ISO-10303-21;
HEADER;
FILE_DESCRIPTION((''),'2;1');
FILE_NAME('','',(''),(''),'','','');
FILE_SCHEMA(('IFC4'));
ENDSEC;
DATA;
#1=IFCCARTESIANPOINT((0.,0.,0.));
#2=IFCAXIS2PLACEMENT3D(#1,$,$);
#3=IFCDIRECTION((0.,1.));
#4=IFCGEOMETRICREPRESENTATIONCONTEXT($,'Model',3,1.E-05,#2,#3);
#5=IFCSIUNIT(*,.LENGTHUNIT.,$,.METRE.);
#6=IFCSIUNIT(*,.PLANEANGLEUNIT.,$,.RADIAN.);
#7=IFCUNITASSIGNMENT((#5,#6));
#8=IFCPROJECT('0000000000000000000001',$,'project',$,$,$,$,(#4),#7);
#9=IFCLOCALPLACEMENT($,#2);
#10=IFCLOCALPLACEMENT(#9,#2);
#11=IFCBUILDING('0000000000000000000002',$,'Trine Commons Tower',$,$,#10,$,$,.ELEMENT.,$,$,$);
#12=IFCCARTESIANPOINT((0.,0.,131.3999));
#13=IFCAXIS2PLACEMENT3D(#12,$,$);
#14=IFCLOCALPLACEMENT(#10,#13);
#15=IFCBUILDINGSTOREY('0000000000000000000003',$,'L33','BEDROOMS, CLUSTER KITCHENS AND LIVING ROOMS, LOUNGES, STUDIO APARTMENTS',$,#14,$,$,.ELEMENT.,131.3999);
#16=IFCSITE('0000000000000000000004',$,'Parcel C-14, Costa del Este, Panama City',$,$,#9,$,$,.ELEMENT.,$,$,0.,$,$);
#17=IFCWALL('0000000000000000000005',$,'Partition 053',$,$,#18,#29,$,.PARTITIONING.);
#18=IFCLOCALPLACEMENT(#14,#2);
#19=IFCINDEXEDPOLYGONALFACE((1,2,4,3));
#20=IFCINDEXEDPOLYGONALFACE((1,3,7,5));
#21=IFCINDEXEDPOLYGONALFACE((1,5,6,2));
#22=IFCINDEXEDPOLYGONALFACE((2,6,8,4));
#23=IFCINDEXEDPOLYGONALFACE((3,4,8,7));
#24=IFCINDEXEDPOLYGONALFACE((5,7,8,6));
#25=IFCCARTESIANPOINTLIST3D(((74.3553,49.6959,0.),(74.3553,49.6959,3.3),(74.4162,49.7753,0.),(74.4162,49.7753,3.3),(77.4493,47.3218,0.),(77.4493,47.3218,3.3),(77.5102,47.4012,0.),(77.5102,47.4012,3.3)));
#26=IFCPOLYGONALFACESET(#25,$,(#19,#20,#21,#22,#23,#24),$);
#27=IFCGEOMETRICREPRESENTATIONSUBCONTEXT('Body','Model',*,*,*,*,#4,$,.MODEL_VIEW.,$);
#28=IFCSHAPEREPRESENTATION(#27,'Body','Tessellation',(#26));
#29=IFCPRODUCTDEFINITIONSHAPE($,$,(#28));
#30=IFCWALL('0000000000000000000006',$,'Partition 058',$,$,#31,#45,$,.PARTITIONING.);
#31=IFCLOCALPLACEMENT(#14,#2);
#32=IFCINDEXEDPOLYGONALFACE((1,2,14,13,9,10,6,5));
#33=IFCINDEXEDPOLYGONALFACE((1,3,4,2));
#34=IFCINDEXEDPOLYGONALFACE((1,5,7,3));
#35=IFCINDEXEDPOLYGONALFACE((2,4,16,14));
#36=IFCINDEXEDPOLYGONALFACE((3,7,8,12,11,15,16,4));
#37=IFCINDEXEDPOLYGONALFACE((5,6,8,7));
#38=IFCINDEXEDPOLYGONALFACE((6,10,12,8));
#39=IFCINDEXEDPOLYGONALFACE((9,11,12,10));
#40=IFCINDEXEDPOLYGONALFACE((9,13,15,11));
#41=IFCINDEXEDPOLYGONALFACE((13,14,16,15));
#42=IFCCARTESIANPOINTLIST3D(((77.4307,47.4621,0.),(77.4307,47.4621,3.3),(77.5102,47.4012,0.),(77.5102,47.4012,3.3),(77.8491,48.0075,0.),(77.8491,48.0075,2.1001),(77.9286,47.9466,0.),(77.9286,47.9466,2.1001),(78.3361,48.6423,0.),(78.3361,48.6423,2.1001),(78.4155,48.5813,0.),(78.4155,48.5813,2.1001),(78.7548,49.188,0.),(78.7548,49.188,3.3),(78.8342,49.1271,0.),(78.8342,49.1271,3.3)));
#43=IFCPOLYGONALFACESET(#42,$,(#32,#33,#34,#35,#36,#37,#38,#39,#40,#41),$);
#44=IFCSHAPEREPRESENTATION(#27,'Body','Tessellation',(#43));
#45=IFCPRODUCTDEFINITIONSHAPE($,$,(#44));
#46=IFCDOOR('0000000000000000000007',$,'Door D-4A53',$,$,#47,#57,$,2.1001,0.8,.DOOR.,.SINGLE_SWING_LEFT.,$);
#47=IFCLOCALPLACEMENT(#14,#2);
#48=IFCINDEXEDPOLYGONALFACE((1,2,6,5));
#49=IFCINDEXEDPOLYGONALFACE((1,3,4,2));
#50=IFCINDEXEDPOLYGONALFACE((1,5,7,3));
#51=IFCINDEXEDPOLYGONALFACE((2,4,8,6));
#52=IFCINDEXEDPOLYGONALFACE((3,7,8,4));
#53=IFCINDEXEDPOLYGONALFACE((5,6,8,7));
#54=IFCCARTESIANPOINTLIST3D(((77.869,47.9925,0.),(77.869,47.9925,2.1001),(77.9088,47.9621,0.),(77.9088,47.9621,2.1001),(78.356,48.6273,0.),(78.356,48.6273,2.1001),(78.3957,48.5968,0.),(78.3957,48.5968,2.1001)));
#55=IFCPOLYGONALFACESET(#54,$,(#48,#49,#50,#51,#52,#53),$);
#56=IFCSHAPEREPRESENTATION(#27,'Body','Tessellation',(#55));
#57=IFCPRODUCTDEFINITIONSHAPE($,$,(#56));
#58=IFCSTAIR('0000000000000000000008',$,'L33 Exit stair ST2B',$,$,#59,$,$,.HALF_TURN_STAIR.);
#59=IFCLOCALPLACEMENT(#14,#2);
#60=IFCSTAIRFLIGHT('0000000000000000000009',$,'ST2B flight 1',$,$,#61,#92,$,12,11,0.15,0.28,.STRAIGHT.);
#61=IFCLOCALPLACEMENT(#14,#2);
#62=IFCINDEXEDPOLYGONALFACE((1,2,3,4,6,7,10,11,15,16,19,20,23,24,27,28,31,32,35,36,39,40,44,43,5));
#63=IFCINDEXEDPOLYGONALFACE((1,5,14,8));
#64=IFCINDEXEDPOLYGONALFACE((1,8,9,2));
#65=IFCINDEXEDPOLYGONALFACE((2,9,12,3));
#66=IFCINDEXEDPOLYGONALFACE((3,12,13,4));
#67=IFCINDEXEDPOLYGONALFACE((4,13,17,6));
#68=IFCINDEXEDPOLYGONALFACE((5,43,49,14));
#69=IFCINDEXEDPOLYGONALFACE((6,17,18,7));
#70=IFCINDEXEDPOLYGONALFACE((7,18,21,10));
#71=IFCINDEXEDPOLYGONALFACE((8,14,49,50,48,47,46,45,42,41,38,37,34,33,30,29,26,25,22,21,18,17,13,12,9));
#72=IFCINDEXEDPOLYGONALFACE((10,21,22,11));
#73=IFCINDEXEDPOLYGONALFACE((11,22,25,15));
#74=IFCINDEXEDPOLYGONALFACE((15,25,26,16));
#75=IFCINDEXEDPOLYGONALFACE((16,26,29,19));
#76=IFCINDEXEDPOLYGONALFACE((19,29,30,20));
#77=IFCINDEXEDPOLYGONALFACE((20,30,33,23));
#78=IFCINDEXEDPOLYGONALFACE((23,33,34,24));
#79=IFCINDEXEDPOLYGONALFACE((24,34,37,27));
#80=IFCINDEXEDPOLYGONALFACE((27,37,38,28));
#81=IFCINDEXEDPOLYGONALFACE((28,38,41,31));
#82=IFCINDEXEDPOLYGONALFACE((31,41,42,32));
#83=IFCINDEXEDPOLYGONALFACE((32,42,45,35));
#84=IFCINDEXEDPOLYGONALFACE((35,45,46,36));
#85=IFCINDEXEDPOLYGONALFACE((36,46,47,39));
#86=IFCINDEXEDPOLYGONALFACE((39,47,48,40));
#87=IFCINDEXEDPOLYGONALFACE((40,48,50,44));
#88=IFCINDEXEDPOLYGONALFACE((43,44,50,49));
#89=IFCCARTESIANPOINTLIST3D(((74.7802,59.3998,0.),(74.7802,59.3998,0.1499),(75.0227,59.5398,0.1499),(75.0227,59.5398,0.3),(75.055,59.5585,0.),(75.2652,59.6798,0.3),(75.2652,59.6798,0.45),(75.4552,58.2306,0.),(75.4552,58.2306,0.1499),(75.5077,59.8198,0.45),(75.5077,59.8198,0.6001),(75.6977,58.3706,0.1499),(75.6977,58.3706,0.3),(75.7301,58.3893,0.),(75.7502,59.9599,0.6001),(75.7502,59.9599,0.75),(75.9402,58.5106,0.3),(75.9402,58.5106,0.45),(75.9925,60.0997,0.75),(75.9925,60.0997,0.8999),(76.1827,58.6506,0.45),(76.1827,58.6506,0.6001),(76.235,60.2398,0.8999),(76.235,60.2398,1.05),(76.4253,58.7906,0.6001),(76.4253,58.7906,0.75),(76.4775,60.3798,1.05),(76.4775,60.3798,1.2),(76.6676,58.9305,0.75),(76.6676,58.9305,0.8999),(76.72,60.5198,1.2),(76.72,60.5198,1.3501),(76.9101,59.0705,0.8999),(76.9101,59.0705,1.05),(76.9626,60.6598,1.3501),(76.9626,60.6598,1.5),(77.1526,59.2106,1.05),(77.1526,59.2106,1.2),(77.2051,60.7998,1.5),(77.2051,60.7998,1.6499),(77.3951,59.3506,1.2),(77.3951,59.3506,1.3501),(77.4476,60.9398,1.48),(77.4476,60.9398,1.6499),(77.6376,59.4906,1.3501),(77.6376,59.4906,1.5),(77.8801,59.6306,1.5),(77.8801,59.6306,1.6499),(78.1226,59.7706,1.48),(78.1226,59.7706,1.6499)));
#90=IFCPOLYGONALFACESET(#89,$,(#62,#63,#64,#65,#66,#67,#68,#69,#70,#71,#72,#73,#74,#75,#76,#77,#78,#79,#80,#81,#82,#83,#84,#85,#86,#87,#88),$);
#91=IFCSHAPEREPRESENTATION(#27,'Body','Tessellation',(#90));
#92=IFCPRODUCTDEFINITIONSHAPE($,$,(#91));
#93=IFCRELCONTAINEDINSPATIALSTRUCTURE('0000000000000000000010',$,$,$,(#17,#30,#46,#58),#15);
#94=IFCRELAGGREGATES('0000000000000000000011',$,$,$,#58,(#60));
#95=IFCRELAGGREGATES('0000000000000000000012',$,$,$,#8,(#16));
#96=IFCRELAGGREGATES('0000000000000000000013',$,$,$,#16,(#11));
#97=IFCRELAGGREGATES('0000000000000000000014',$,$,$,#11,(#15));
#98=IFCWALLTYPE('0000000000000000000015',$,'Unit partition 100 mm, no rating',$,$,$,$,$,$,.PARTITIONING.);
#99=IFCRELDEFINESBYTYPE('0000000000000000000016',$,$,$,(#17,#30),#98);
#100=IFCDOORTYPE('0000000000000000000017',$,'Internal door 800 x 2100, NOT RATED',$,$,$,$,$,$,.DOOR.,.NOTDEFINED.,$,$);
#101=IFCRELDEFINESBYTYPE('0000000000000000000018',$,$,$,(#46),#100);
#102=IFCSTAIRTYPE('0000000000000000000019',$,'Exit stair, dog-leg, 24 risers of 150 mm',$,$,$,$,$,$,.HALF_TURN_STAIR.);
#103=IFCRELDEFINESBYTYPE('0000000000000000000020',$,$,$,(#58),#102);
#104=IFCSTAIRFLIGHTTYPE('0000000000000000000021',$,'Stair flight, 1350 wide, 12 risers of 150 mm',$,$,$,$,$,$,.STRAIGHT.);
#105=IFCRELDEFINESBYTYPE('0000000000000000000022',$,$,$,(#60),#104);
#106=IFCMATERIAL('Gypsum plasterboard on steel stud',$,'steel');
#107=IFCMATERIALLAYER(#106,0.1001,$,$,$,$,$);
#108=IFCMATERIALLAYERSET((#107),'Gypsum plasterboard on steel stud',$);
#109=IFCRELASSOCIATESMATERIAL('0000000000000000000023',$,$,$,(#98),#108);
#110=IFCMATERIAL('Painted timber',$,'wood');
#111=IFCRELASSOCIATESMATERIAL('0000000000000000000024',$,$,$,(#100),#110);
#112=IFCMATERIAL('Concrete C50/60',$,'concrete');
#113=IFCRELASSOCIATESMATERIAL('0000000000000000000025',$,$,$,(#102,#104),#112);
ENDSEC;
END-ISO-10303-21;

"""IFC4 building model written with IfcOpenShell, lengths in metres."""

from ifc_helpers import new_model, si_unit, direction, frame, frame_2d, origin, place, context, subcontext, project, spatial, polyline, rectangle, outline, extrude, material, layer, layer_set, type_object, element, fill, aggregate, save


model = new_model("IFC4")

# Units and contexts
model_context = context("Model", 3, precision=1e-05, world=origin(), true_north=direction((0.0, 1.0)))
body_context = subcontext(model_context, "Body", "Model", "MODEL_VIEW")
ifc_project = project(units=[si_unit("LENGTHUNIT", "METRE"), si_unit("PLANEANGLEUNIT", "RADIAN")], contexts=[model_context])

# Site, building, storey
site_placement = place(None, origin())
site = spatial("IfcSite", under=ifc_project, at=site_placement, Name="Parcel C-14, Costa del Este, Panama City", CompositionType="ELEMENT", RefElevation=0.0)
building_placement = place(site_placement, origin())
building = spatial("IfcBuilding", under=site, at=building_placement, Name="Trine Commons Tower", CompositionType="ELEMENT")
storey_placement = place(building_placement, frame((0.0, 0.0, 131.3999)))
storey = spatial("IfcBuildingStorey", under=building, at=storey_placement, Name="L33", Description="BEDROOMS, CLUSTER KITCHENS AND LIVING ROOMS, LOUNGES, STUDIO APARTMENTS", CompositionType="ELEMENT", Elevation=131.3999)

# Shared definitions
ifc_material_1 = material(Name="Concrete C50/60", Category="concrete")

# Shared definitions
ifc_material_2 = material(Name="Gypsum plasterboard on steel stud", Category="steel")

# Shared definitions
ifc_layer_1 = layer(ifc_material_2, 0.1001)
ifc_layer_set_1 = layer_set([ifc_layer_1], Name="Gypsum plasterboard on steel stud")
wall_type_1 = type_object("IfcWallType", Name="Unit partition 100 mm, no rating", PredefinedType="PARTITIONING", material=ifc_layer_set_1)
ifc_material_3 = material(Name="Painted timber", Category="wood")
door_type_1 = type_object("IfcDoorType", Name="Internal door 800 x 2100, NOT RATED", OperationType="NOTDEFINED", PredefinedType="DOOR", material=ifc_material_3)

# Wall
wall_1_placement = place(storey_placement, frame((74.3857, 49.7356, 0.0), z_axis=(0.0, 0.0, 1.0), x_axis=(0.793363, -0.608748, 0.0)))
element("IfcWall", 1, at=wall_1_placement, inside=storey, type_object=wall_type_1, Name="Partition 053", PredefinedType="PARTITIONING", context=body_context, shape_type="SweptSolid", body=[
    extrude(rectangle(XDim=3.8999, YDim=0.1001, at=frame_2d((1.95, 0.0))), origin(), (0.0, 0.0, 1.0), 3.3),
])

# Wall, opening, door
wall_2_placement = place(storey_placement, frame((77.4705, 47.4316, 0.0), z_axis=(0.0, 0.0, 1.0), x_axis=(0.608674, 0.79342, 0.0)))
wall_2 = element("IfcWall", 2, at=wall_2_placement, inside=storey, type_object=wall_type_1, Name="Partition 058", PredefinedType="PARTITIONING", context=body_context, shape_type="SweptSolid", body=[
    extrude(rectangle(XDim=2.1753, YDim=0.1001, at=frame_2d((1.0876, 0.0))), origin(), (0.0, 0.0, 1.0), 3.3),
])
opening_1_placement = place(wall_2_placement, frame((0.6875, 0.0, 0.0)))
opening_1 = element("IfcOpeningElement", 3, at=opening_1_placement, cuts=wall_2, PredefinedType="OPENING", context=body_context, shape_type="SweptSolid", body=[
    extrude(rectangle(XDim=0.8, YDim=2.1001, at=frame_2d((0.3999, 1.05))), frame((0.0, 0.0601, 0.0), z_axis=(0.0, -1.0, 0.0), x_axis=(1.0, 0.0, 0.0)), (0.0, 0.0, 1.0), 0.1201),
])
door_1_placement = place(opening_1_placement, frame((0.8, 0.0, 0.0), z_axis=(0.0, 0.0, 1.0), x_axis=(-1.0, 0.0, 0.0)))
door_1 = element("IfcDoor", 4, at=door_1_placement, inside=storey, type_object=door_type_1, Name="Door D-4A53", OperationType="SINGLE_SWING_LEFT", OverallHeight=2.1001, OverallWidth=0.8, PredefinedType="DOOR", context=body_context, shape_type="SweptSolid", body=[
    extrude(rectangle(XDim=0.8, YDim=2.1001, at=frame_2d((0.3999, 1.05))), frame((0.0, 0.0249, 0.0), z_axis=(0.0, -1.0, 0.0), x_axis=(1.0, 0.0, 0.0)), (0.0, 0.0, 1.0), 0.05),
])
fill(opening_1, door_1)

# Stair, stair flight
stair_type = type_object("IfcStairType", Name="Exit stair, dog-leg, 24 risers of 150 mm", PredefinedType="HALF_TURN_STAIR", material=ifc_material_1)
stair_placement = place(storey_placement, origin())
stair = element("IfcStair", 5, at=stair_placement, inside=storey, type_object=stair_type, Name="L33 Exit stair ST2B", PredefinedType="HALF_TURN_STAIR")
stair_flight_type = type_object("IfcStairFlightType", Name="Stair flight, 1350 wide, 12 risers of 150 mm", PredefinedType="STRAIGHT", material=ifc_material_1)
stair_flight_placement = place(storey_placement, frame((75.1177, 58.8152, 0.0), z_axis=(0.0, 0.0, 1.0), x_axis=(0.866025, 0.5, 0.0)))
stair_flight = element("IfcStairFlight", 6, at=stair_flight_placement, type_object=stair_flight_type, Name="ST2B flight 1", NumberOfRisers=12, NumberOfTreads=11, PredefinedType="STRAIGHT", RiserHeight=0.15, TreadLength=0.28, context=body_context, shape_type="SweptSolid", body=[
    extrude(outline(polyline([(0.0, 0.0), (0.0, 0.1499), (0.28, 0.1499), (0.28, 0.3), (0.5601, 0.3), (0.5601, 0.45), (0.8401, 0.45), (0.8401, 0.6001), (1.1201, 0.6001), (1.1201, 0.75), (1.3999, 0.75), (1.3999, 0.8999), (1.6799, 0.8999), (1.6799, 1.05), (1.96, 1.05), (1.96, 1.2), (2.24, 1.2), (2.24, 1.3501), (2.52, 1.3501), (2.52, 1.5), (2.8, 1.5), (2.8, 1.6499), (3.0801, 1.6499), (3.0801, 1.8), (3.0801, 1.48), (0.3174, 0.0), (0.0, 0.0)])), frame((0.0, 0.675, 0.0), z_axis=(0.0, -1.0, 0.0), x_axis=(1.0, 0.0, 0.0)), (0.0, 0.0, 1.0), 1.3501),
])
aggregate(stair, [stair_flight])

save(model, "model.ifc")
